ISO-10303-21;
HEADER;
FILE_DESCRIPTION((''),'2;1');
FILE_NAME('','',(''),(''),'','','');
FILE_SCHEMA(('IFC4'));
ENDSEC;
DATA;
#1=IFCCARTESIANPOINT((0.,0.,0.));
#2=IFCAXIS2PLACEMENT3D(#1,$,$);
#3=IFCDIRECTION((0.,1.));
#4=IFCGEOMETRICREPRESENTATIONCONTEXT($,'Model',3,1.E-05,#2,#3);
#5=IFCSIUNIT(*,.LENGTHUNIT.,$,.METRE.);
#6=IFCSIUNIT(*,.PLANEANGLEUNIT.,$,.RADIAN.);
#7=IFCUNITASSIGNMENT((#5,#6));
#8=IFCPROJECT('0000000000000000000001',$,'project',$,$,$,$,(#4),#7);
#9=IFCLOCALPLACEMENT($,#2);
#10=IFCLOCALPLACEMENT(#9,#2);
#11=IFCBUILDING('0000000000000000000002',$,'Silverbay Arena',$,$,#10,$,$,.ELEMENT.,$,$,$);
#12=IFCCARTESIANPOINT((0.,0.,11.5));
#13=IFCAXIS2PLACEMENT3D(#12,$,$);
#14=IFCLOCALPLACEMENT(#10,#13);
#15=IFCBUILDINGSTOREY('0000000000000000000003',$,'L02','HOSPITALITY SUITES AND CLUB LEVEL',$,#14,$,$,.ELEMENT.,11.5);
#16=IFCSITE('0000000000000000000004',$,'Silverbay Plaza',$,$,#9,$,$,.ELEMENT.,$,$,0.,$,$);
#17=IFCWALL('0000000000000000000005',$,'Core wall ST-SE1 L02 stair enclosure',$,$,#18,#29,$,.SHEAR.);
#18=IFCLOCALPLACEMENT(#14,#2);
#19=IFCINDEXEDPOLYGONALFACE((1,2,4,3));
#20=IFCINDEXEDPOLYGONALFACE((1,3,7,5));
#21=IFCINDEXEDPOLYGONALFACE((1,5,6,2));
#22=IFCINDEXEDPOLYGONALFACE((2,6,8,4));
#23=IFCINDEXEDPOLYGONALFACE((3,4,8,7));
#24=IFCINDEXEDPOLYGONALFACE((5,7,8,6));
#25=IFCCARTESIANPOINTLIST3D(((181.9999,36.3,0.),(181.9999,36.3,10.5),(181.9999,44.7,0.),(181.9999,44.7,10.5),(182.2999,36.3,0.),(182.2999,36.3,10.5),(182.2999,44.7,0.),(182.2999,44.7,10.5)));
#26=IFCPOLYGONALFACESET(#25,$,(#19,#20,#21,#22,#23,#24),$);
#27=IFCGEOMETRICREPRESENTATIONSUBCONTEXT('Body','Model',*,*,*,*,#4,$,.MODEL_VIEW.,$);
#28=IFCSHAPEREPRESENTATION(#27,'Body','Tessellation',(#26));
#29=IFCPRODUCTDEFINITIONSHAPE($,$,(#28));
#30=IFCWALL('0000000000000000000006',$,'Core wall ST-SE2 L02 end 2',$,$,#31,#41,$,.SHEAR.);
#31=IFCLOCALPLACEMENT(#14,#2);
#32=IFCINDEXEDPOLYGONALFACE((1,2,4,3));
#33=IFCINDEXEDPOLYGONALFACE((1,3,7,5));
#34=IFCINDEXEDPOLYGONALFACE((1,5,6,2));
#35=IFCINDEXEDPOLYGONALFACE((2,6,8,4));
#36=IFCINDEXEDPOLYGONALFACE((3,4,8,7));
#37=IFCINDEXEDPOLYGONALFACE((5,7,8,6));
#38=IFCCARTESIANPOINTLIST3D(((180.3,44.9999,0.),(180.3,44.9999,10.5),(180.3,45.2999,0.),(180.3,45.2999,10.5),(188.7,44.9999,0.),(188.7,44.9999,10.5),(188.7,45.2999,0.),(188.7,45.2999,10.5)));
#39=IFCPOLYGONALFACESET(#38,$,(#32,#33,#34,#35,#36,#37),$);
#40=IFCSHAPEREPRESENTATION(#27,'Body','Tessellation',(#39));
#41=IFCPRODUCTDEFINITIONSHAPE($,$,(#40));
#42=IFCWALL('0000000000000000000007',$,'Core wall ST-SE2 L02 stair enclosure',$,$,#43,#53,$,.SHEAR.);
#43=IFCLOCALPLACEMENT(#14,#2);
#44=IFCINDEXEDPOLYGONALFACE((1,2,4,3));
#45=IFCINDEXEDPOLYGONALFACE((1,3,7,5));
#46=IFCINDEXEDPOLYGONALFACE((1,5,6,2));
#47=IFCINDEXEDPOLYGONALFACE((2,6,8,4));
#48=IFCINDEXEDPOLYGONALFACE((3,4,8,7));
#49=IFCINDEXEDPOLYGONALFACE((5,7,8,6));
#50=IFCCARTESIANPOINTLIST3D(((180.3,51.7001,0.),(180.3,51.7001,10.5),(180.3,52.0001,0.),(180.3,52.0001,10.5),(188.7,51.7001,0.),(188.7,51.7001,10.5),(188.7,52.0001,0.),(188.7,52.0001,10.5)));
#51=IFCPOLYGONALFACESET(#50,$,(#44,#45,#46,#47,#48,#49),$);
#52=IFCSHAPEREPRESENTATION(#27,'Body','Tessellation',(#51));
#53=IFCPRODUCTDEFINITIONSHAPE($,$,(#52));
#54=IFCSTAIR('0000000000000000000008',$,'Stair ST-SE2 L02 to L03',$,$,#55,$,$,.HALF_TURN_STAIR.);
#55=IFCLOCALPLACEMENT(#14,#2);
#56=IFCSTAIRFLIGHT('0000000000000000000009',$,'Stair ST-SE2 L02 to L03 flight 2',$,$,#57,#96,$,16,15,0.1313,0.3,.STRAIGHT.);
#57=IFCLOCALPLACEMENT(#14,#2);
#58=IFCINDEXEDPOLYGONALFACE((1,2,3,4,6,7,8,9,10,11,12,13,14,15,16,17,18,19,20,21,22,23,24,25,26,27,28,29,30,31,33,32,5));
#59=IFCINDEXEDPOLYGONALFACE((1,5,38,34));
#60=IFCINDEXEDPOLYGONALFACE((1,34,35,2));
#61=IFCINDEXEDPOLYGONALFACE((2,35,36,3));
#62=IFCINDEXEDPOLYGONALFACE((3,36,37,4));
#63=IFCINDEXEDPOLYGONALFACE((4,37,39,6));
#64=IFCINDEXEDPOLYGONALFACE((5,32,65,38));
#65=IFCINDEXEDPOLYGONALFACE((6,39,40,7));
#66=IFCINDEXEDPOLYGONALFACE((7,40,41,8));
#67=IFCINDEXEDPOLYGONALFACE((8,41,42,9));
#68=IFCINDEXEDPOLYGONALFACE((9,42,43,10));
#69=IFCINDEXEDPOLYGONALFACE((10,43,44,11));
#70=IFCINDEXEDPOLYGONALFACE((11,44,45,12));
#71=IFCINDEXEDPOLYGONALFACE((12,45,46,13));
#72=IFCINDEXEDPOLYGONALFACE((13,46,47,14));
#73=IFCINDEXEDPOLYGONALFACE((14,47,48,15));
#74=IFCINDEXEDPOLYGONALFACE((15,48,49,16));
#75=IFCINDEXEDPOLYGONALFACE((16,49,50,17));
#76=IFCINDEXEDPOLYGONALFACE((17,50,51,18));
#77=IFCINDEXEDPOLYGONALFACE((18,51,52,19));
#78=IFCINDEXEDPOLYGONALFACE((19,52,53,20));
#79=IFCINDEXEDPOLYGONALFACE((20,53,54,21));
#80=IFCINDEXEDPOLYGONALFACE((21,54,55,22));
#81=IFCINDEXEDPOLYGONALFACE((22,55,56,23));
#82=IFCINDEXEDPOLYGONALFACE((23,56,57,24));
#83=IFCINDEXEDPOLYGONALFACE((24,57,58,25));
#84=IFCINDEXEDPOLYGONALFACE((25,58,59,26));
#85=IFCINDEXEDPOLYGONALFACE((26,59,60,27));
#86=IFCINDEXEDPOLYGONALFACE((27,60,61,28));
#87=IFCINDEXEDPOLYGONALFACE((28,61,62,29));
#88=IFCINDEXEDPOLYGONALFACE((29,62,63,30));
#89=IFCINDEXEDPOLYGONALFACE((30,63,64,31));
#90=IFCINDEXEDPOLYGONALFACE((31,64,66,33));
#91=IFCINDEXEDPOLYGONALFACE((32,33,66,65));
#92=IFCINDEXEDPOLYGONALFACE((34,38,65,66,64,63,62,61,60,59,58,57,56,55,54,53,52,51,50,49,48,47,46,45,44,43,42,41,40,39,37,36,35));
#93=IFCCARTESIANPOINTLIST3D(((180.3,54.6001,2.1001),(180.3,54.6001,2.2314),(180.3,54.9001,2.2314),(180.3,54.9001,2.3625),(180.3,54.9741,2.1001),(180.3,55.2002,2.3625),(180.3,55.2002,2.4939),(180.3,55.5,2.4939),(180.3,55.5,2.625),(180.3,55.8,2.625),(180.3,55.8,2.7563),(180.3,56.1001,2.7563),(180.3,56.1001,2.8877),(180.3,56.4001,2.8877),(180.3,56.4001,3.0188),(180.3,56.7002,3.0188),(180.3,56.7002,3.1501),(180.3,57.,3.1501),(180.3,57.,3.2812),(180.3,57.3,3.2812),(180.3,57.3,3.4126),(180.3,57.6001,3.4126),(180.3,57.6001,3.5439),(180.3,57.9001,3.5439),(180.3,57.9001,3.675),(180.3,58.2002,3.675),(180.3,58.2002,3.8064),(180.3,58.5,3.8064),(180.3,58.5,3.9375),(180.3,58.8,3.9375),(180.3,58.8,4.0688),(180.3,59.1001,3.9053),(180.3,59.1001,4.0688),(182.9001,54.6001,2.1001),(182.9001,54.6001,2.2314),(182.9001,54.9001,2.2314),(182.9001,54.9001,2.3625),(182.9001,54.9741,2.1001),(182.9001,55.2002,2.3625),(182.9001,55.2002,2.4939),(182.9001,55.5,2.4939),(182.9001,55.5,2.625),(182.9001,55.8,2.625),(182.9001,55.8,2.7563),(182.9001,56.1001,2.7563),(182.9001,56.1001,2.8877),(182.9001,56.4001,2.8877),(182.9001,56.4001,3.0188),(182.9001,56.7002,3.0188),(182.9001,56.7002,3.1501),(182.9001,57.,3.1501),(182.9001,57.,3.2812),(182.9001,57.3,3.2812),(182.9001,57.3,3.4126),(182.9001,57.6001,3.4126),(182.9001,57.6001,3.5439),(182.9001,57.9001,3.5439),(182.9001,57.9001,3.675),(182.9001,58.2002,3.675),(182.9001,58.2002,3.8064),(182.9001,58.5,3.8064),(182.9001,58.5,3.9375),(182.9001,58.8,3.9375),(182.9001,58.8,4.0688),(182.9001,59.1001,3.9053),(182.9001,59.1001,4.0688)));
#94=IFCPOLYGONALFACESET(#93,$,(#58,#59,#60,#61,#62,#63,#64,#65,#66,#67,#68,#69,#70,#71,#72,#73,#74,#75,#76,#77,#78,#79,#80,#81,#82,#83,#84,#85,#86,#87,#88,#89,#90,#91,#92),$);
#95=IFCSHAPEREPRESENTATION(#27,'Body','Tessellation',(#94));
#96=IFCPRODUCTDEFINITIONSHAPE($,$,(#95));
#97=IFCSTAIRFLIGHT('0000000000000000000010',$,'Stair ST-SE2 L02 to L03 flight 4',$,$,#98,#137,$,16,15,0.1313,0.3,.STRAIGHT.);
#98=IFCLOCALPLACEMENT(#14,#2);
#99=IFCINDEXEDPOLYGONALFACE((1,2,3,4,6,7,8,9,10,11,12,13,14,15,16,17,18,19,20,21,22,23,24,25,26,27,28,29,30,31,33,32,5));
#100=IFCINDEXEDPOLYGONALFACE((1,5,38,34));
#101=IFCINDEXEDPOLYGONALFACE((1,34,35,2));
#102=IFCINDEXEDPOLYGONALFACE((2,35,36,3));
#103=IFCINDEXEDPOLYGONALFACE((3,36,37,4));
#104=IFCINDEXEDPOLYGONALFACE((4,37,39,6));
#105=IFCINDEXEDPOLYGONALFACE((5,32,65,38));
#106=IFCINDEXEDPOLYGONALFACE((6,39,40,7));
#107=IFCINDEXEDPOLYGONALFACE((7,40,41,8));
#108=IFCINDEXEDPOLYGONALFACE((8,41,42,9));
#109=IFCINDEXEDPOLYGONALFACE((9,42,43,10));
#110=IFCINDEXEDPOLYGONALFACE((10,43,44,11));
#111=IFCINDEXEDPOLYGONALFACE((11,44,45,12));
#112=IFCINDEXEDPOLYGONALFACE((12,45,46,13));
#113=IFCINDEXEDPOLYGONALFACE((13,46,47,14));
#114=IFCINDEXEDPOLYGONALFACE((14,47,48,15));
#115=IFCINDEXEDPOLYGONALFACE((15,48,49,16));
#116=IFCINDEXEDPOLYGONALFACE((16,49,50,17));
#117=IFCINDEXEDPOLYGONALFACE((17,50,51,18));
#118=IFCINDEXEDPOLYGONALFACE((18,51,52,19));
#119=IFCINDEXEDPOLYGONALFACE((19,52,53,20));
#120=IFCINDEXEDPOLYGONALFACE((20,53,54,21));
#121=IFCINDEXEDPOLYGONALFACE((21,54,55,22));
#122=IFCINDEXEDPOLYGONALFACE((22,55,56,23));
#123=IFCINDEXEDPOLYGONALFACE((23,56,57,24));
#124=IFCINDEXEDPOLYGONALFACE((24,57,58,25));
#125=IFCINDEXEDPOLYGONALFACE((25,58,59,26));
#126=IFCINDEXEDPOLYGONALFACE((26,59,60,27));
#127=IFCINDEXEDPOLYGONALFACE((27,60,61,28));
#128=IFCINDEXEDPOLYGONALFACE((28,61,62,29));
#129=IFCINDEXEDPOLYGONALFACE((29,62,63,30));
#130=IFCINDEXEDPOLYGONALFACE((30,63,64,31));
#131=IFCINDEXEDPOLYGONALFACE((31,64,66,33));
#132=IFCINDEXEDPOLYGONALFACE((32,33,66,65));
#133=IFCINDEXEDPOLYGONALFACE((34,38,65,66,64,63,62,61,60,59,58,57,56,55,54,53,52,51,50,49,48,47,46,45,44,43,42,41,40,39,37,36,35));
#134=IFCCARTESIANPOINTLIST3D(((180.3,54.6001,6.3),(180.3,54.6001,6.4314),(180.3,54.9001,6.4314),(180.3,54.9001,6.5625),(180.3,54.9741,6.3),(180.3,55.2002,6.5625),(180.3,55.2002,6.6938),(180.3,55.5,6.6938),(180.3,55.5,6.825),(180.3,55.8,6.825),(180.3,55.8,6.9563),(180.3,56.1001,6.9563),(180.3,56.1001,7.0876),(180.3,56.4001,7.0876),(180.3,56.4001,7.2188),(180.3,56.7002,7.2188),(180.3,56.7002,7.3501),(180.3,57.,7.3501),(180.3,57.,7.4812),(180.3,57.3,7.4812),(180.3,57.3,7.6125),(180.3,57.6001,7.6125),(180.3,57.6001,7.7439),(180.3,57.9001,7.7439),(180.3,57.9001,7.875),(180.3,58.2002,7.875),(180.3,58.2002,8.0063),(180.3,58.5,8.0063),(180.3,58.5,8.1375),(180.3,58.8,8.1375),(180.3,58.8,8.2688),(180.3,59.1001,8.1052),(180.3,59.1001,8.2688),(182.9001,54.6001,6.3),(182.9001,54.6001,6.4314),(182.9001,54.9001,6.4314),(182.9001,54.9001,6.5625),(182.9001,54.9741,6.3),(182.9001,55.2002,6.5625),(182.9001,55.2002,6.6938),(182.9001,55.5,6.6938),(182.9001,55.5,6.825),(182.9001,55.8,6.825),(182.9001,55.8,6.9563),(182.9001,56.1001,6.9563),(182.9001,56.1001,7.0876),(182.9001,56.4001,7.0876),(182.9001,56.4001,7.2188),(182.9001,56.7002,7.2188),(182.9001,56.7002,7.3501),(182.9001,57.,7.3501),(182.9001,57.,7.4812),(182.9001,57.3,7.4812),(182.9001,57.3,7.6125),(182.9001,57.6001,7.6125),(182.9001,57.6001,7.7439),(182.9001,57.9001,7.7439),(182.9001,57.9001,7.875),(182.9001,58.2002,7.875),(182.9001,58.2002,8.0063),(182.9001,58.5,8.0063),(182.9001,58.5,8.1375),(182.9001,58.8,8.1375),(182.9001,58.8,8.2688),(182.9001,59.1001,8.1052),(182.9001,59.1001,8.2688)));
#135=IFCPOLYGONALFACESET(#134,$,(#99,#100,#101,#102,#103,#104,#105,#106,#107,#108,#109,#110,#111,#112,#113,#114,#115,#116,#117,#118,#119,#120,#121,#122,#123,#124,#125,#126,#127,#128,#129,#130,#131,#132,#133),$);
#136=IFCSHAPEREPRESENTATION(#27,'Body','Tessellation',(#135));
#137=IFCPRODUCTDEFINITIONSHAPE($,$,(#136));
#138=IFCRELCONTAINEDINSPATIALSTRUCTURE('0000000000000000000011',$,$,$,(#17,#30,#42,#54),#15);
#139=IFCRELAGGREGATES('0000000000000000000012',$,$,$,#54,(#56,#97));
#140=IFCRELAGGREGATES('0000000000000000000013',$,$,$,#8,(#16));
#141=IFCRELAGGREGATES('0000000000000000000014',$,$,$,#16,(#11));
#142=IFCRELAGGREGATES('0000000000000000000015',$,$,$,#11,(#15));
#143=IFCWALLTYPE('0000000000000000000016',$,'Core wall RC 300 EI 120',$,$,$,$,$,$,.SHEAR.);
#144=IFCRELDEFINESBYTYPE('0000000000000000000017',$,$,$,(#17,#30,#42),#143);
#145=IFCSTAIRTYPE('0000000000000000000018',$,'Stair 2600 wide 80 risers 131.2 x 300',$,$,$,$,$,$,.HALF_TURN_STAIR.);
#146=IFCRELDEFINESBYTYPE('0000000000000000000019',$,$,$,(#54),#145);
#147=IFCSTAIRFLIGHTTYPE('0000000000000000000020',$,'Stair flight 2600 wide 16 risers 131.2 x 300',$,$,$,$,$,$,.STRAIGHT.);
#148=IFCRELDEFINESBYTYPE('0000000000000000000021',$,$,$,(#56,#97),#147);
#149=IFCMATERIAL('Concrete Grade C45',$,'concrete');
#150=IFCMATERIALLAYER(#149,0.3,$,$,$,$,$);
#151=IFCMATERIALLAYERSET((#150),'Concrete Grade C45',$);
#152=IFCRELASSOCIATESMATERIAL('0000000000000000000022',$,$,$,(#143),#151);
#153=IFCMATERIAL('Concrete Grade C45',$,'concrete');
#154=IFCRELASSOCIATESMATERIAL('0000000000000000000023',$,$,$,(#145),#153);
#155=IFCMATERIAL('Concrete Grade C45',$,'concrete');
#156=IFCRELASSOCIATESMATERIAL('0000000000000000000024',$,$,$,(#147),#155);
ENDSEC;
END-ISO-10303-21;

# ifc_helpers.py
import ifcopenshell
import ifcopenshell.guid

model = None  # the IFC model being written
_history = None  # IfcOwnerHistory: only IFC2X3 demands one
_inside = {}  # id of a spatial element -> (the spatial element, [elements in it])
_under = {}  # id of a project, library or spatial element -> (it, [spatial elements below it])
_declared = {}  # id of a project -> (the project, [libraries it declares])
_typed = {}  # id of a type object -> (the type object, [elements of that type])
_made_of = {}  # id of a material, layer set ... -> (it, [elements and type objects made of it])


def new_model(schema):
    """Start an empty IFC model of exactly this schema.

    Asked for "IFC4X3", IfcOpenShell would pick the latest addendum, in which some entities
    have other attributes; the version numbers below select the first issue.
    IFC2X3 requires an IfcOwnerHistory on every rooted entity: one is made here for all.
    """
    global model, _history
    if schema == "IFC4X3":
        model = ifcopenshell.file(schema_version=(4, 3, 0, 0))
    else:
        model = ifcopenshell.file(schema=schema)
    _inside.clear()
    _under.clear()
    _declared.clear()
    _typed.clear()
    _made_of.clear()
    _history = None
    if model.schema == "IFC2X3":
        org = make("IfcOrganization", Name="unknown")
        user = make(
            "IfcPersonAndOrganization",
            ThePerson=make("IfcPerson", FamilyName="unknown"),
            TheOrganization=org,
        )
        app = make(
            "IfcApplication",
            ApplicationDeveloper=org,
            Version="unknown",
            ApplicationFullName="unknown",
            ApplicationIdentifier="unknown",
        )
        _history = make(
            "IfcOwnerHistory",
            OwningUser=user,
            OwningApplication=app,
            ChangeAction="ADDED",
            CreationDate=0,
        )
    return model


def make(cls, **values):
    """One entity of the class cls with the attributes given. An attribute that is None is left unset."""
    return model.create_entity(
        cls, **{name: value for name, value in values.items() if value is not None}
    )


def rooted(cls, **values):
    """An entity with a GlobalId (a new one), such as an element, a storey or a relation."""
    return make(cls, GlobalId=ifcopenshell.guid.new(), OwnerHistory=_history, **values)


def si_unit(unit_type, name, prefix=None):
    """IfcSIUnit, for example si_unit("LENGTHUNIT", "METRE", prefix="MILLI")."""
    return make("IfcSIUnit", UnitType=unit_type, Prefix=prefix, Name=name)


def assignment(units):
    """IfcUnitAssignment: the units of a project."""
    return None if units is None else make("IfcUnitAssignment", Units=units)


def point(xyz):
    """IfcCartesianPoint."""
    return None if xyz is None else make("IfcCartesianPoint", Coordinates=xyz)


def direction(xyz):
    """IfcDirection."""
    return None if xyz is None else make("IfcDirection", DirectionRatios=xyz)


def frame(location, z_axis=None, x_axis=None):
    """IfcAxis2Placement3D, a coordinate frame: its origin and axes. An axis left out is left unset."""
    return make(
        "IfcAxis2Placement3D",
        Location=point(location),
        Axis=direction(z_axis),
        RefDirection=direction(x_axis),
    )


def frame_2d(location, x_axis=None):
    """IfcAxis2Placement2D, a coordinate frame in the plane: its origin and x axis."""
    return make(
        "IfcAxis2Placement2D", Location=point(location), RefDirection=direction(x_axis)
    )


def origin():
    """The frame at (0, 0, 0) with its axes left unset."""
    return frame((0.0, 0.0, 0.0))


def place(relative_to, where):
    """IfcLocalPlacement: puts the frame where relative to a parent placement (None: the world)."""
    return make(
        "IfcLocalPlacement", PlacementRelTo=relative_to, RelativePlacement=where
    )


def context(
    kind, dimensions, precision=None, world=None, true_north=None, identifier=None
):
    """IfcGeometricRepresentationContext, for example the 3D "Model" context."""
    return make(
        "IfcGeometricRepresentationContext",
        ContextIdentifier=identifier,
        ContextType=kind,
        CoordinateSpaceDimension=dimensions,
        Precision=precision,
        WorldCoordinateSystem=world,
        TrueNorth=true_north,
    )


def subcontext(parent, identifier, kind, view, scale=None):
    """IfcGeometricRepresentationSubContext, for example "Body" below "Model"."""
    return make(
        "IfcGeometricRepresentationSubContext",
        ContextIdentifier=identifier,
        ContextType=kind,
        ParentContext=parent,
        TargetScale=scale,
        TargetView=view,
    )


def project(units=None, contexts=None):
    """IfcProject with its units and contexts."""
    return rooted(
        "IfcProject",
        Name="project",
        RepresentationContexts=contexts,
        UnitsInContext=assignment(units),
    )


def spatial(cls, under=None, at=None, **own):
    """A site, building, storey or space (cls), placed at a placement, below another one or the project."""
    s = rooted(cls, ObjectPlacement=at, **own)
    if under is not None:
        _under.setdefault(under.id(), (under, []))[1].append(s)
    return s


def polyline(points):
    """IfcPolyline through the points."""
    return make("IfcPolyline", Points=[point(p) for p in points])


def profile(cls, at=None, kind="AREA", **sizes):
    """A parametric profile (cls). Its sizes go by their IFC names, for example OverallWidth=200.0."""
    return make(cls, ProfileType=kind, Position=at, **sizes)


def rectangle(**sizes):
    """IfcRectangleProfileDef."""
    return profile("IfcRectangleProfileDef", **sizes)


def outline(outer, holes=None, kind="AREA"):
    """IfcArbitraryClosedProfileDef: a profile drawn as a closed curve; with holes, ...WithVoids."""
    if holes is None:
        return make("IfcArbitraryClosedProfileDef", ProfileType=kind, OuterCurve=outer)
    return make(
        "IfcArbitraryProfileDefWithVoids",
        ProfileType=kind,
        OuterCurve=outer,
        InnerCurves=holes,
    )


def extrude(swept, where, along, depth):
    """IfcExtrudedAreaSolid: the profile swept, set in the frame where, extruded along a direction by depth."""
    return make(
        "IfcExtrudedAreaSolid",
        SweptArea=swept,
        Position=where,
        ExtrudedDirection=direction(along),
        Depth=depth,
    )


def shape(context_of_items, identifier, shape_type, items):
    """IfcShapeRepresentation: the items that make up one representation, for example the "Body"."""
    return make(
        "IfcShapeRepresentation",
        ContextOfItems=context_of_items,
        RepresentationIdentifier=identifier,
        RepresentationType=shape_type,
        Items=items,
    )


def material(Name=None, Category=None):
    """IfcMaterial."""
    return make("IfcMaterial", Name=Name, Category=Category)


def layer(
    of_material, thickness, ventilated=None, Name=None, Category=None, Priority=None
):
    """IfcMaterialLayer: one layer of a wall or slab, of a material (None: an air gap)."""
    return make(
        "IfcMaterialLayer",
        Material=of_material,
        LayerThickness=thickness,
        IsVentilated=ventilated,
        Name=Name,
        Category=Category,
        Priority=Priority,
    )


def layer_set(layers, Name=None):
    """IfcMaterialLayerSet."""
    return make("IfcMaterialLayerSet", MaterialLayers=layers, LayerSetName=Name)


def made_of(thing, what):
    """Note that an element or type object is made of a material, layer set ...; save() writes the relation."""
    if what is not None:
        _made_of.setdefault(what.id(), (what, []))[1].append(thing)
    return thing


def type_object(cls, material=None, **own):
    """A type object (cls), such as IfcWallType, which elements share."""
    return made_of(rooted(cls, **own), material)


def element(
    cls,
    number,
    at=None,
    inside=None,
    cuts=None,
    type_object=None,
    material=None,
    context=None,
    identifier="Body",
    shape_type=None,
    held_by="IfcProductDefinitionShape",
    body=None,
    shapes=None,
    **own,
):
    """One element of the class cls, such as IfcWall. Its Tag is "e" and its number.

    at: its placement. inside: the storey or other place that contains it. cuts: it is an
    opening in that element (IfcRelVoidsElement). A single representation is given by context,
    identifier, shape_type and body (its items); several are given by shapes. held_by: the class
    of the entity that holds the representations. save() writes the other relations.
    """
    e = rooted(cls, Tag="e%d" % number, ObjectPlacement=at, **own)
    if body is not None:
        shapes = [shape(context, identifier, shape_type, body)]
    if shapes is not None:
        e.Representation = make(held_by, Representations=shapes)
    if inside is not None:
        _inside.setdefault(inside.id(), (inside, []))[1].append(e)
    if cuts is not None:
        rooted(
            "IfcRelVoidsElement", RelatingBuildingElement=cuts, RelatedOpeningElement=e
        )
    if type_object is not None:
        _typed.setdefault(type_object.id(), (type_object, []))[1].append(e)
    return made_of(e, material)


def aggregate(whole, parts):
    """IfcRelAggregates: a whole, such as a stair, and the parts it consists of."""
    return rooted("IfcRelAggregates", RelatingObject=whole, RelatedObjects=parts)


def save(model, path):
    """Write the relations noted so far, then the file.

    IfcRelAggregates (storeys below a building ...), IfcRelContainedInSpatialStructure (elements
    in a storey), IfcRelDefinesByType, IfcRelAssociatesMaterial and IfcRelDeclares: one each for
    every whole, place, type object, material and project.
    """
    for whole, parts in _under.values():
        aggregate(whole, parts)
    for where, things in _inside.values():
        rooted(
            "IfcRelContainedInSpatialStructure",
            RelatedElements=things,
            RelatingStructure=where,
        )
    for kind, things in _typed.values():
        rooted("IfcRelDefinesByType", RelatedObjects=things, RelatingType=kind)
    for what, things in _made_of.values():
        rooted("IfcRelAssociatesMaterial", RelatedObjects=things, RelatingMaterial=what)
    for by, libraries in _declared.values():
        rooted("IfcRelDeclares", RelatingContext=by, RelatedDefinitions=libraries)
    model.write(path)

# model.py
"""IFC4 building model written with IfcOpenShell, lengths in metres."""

from ifc_helpers import new_model, si_unit, direction, frame, frame_2d, origin, place, context, subcontext, project, spatial, polyline, rectangle, outline, extrude, material, layer, layer_set, type_object, element, aggregate, save


model = new_model("IFC4")

# Units and contexts
model_context = context("Model", 3, precision=1e-05, world=origin(), true_north=direction((0.0, 1.0)))
body_context = subcontext(model_context, "Body", "Model", "MODEL_VIEW")
ifc_project = project(units=[si_unit("LENGTHUNIT", "METRE"), si_unit("PLANEANGLEUNIT", "RADIAN")], contexts=[model_context])

# Site, building, storey
site_placement = place(None, origin())
site = spatial("IfcSite", under=ifc_project, at=site_placement, Name="Silverbay Plaza", CompositionType="ELEMENT", RefElevation=0.0)
building_placement = place(site_placement, origin())
building = spatial("IfcBuilding", under=site, at=building_placement, Name="Silverbay Arena", CompositionType="ELEMENT")
storey_placement = place(building_placement, frame((0.0, 0.0, 11.5)))
storey = spatial("IfcBuildingStorey", under=building, at=storey_placement, Name="L02", Description="HOSPITALITY SUITES AND CLUB LEVEL", CompositionType="ELEMENT", Elevation=11.5)

# Walls
ifc_material_1 = material(Name="Concrete Grade C45", Category="concrete")
ifc_layer = layer(ifc_material_1, 0.3)
ifc_layer_set = layer_set([ifc_layer], Name="Concrete Grade C45")
wall_type = type_object("IfcWallType", Name="Core wall RC 300 EI 120", PredefinedType="SHEAR", material=ifc_layer_set)
for number, where, z_axis, x_axis, name in (
    (1, (182.1499, 44.7, 0.0), (0.0, 0.0, 1.0), (0.0, -1.0, 0.0), "Core wall ST-SE1 L02 stair enclosure"),
    (2, (180.3, 45.1499, 0.0), (0.0, 0.0, 1.0), (1.0, 0.0, 0.0), "Core wall ST-SE2 L02 end 2"),
    (3, (180.3, 51.8501, 0.0), (0.0, 0.0, 1.0), (1.0, 0.0, 0.0), "Core wall ST-SE2 L02 stair enclosure"),
):
    element("IfcWall", number, at=place(storey_placement, frame(where, z_axis=z_axis, x_axis=x_axis)), inside=storey, type_object=wall_type, Name=name, PredefinedType="SHEAR", context=body_context, shape_type="SweptSolid", body=[
        extrude(rectangle(XDim=8.3999, YDim=0.3, at=frame_2d((4.2, 0.0))), origin(), (0.0, 0.0, 1.0), 10.5),
    ])

# Stair, stair flights
ifc_material_2 = material(Name="Concrete Grade C45", Category="concrete")
stair_type = type_object("IfcStairType", Name="Stair 2600 wide 80 risers 131.2 x 300", PredefinedType="HALF_TURN_STAIR", material=ifc_material_2)
stair_placement = place(storey_placement, origin())
stair = element("IfcStair", 4, at=stair_placement, inside=storey, type_object=stair_type, Name="Stair ST-SE2 L02 to L03", PredefinedType="HALF_TURN_STAIR")
ifc_material_3 = material(Name="Concrete Grade C45", Category="concrete")
stair_flight_type = type_object("IfcStairFlightType", Name="Stair flight 2600 wide 16 risers 131.2 x 300", PredefinedType="STRAIGHT", material=ifc_material_3)
stair_flight_1_placement = place(storey_placement, frame((181.6001, 54.6001, 2.1001), z_axis=(0.0, 0.0, 1.0), x_axis=(0.0, 1.0, 0.0)))
stair_flight_1 = element("IfcStairFlight", 5, at=stair_flight_1_placement, type_object=stair_flight_type, Name="Stair ST-SE2 L02 to L03 flight 2", NumberOfRisers=16, NumberOfTreads=15, PredefinedType="STRAIGHT", RiserHeight=0.1313, TreadLength=0.3, context=body_context, shape_type="SweptSolid", body=[
    extrude(outline(polyline([(0.0, 0.0), (0.0, 0.1313), (0.3, 0.1313), (0.3, 0.2625), (0.6001, 0.2625), (0.6001, 0.3938), (0.8999, 0.3938), (0.8999, 0.5249), (1.2, 0.5249), (1.2, 0.6562), (1.5, 0.6562), (1.5, 0.7876), (1.8, 0.7876), (1.8, 0.9187), (2.1001, 0.9187), (2.1001, 1.05), (2.3999, 1.05), (2.3999, 1.1812), (2.7, 1.1812), (2.7, 1.3125), (3.0, 1.3125), (3.0, 1.4438), (3.3, 1.4438), (3.3, 1.575), (3.6001, 1.575), (3.6001, 1.7063), (3.8999, 1.7063), (3.8999, 1.8374), (4.2, 1.8374), (4.2, 1.9688), (4.5, 1.9688), (4.5, 1.8052), (0.374, 0.0), (0.0, 0.0)])), frame((0.0, 1.3, 0.0), z_axis=(0.0, -1.0, 0.0), x_axis=(1.0, 0.0, 0.0)), (0.0, 0.0, 1.0), 2.6001),
])
stair_flight_2_placement = place(storey_placement, frame((181.6001, 54.6001, 6.3), z_axis=(0.0, 0.0, 1.0), x_axis=(0.0, 1.0, 0.0)))
stair_flight_2 = element("IfcStairFlight", 6, at=stair_flight_2_placement, type_object=stair_flight_type, Name="Stair ST-SE2 L02 to L03 flight 4", NumberOfRisers=16, NumberOfTreads=15, PredefinedType="STRAIGHT", RiserHeight=0.1313, TreadLength=0.3, context=body_context, shape_type="SweptSolid", body=[
    extrude(outline(polyline([(0.0, 0.0), (0.0, 0.1313), (0.3, 0.1313), (0.3, 0.2625), (0.6001, 0.2625), (0.6001, 0.3938), (0.8999, 0.3938), (0.8999, 0.5249), (1.2, 0.5249), (1.2, 0.6562), (1.5, 0.6562), (1.5, 0.7876), (1.8, 0.7876), (1.8, 0.9187), (2.1001, 0.9187), (2.1001, 1.05), (2.3999, 1.05), (2.3999, 1.1812), (2.7, 1.1812), (2.7, 1.3125), (3.0, 1.3125), (3.0, 1.4438), (3.3, 1.4438), (3.3, 1.575), (3.6001, 1.575), (3.6001, 1.7063), (3.8999, 1.7063), (3.8999, 1.8374), (4.2, 1.8374), (4.2, 1.9688), (4.5, 1.9688), (4.5, 1.8052), (0.374, 0.0), (0.0, 0.0)])), frame((0.0, 1.3, 0.0), z_axis=(0.0, -1.0, 0.0), x_axis=(1.0, 0.0, 0.0)), (0.0, 0.0, 1.0), 2.6001),
])
aggregate(stair, [stair_flight_1, stair_flight_2])

save(model, "model.ifc")
